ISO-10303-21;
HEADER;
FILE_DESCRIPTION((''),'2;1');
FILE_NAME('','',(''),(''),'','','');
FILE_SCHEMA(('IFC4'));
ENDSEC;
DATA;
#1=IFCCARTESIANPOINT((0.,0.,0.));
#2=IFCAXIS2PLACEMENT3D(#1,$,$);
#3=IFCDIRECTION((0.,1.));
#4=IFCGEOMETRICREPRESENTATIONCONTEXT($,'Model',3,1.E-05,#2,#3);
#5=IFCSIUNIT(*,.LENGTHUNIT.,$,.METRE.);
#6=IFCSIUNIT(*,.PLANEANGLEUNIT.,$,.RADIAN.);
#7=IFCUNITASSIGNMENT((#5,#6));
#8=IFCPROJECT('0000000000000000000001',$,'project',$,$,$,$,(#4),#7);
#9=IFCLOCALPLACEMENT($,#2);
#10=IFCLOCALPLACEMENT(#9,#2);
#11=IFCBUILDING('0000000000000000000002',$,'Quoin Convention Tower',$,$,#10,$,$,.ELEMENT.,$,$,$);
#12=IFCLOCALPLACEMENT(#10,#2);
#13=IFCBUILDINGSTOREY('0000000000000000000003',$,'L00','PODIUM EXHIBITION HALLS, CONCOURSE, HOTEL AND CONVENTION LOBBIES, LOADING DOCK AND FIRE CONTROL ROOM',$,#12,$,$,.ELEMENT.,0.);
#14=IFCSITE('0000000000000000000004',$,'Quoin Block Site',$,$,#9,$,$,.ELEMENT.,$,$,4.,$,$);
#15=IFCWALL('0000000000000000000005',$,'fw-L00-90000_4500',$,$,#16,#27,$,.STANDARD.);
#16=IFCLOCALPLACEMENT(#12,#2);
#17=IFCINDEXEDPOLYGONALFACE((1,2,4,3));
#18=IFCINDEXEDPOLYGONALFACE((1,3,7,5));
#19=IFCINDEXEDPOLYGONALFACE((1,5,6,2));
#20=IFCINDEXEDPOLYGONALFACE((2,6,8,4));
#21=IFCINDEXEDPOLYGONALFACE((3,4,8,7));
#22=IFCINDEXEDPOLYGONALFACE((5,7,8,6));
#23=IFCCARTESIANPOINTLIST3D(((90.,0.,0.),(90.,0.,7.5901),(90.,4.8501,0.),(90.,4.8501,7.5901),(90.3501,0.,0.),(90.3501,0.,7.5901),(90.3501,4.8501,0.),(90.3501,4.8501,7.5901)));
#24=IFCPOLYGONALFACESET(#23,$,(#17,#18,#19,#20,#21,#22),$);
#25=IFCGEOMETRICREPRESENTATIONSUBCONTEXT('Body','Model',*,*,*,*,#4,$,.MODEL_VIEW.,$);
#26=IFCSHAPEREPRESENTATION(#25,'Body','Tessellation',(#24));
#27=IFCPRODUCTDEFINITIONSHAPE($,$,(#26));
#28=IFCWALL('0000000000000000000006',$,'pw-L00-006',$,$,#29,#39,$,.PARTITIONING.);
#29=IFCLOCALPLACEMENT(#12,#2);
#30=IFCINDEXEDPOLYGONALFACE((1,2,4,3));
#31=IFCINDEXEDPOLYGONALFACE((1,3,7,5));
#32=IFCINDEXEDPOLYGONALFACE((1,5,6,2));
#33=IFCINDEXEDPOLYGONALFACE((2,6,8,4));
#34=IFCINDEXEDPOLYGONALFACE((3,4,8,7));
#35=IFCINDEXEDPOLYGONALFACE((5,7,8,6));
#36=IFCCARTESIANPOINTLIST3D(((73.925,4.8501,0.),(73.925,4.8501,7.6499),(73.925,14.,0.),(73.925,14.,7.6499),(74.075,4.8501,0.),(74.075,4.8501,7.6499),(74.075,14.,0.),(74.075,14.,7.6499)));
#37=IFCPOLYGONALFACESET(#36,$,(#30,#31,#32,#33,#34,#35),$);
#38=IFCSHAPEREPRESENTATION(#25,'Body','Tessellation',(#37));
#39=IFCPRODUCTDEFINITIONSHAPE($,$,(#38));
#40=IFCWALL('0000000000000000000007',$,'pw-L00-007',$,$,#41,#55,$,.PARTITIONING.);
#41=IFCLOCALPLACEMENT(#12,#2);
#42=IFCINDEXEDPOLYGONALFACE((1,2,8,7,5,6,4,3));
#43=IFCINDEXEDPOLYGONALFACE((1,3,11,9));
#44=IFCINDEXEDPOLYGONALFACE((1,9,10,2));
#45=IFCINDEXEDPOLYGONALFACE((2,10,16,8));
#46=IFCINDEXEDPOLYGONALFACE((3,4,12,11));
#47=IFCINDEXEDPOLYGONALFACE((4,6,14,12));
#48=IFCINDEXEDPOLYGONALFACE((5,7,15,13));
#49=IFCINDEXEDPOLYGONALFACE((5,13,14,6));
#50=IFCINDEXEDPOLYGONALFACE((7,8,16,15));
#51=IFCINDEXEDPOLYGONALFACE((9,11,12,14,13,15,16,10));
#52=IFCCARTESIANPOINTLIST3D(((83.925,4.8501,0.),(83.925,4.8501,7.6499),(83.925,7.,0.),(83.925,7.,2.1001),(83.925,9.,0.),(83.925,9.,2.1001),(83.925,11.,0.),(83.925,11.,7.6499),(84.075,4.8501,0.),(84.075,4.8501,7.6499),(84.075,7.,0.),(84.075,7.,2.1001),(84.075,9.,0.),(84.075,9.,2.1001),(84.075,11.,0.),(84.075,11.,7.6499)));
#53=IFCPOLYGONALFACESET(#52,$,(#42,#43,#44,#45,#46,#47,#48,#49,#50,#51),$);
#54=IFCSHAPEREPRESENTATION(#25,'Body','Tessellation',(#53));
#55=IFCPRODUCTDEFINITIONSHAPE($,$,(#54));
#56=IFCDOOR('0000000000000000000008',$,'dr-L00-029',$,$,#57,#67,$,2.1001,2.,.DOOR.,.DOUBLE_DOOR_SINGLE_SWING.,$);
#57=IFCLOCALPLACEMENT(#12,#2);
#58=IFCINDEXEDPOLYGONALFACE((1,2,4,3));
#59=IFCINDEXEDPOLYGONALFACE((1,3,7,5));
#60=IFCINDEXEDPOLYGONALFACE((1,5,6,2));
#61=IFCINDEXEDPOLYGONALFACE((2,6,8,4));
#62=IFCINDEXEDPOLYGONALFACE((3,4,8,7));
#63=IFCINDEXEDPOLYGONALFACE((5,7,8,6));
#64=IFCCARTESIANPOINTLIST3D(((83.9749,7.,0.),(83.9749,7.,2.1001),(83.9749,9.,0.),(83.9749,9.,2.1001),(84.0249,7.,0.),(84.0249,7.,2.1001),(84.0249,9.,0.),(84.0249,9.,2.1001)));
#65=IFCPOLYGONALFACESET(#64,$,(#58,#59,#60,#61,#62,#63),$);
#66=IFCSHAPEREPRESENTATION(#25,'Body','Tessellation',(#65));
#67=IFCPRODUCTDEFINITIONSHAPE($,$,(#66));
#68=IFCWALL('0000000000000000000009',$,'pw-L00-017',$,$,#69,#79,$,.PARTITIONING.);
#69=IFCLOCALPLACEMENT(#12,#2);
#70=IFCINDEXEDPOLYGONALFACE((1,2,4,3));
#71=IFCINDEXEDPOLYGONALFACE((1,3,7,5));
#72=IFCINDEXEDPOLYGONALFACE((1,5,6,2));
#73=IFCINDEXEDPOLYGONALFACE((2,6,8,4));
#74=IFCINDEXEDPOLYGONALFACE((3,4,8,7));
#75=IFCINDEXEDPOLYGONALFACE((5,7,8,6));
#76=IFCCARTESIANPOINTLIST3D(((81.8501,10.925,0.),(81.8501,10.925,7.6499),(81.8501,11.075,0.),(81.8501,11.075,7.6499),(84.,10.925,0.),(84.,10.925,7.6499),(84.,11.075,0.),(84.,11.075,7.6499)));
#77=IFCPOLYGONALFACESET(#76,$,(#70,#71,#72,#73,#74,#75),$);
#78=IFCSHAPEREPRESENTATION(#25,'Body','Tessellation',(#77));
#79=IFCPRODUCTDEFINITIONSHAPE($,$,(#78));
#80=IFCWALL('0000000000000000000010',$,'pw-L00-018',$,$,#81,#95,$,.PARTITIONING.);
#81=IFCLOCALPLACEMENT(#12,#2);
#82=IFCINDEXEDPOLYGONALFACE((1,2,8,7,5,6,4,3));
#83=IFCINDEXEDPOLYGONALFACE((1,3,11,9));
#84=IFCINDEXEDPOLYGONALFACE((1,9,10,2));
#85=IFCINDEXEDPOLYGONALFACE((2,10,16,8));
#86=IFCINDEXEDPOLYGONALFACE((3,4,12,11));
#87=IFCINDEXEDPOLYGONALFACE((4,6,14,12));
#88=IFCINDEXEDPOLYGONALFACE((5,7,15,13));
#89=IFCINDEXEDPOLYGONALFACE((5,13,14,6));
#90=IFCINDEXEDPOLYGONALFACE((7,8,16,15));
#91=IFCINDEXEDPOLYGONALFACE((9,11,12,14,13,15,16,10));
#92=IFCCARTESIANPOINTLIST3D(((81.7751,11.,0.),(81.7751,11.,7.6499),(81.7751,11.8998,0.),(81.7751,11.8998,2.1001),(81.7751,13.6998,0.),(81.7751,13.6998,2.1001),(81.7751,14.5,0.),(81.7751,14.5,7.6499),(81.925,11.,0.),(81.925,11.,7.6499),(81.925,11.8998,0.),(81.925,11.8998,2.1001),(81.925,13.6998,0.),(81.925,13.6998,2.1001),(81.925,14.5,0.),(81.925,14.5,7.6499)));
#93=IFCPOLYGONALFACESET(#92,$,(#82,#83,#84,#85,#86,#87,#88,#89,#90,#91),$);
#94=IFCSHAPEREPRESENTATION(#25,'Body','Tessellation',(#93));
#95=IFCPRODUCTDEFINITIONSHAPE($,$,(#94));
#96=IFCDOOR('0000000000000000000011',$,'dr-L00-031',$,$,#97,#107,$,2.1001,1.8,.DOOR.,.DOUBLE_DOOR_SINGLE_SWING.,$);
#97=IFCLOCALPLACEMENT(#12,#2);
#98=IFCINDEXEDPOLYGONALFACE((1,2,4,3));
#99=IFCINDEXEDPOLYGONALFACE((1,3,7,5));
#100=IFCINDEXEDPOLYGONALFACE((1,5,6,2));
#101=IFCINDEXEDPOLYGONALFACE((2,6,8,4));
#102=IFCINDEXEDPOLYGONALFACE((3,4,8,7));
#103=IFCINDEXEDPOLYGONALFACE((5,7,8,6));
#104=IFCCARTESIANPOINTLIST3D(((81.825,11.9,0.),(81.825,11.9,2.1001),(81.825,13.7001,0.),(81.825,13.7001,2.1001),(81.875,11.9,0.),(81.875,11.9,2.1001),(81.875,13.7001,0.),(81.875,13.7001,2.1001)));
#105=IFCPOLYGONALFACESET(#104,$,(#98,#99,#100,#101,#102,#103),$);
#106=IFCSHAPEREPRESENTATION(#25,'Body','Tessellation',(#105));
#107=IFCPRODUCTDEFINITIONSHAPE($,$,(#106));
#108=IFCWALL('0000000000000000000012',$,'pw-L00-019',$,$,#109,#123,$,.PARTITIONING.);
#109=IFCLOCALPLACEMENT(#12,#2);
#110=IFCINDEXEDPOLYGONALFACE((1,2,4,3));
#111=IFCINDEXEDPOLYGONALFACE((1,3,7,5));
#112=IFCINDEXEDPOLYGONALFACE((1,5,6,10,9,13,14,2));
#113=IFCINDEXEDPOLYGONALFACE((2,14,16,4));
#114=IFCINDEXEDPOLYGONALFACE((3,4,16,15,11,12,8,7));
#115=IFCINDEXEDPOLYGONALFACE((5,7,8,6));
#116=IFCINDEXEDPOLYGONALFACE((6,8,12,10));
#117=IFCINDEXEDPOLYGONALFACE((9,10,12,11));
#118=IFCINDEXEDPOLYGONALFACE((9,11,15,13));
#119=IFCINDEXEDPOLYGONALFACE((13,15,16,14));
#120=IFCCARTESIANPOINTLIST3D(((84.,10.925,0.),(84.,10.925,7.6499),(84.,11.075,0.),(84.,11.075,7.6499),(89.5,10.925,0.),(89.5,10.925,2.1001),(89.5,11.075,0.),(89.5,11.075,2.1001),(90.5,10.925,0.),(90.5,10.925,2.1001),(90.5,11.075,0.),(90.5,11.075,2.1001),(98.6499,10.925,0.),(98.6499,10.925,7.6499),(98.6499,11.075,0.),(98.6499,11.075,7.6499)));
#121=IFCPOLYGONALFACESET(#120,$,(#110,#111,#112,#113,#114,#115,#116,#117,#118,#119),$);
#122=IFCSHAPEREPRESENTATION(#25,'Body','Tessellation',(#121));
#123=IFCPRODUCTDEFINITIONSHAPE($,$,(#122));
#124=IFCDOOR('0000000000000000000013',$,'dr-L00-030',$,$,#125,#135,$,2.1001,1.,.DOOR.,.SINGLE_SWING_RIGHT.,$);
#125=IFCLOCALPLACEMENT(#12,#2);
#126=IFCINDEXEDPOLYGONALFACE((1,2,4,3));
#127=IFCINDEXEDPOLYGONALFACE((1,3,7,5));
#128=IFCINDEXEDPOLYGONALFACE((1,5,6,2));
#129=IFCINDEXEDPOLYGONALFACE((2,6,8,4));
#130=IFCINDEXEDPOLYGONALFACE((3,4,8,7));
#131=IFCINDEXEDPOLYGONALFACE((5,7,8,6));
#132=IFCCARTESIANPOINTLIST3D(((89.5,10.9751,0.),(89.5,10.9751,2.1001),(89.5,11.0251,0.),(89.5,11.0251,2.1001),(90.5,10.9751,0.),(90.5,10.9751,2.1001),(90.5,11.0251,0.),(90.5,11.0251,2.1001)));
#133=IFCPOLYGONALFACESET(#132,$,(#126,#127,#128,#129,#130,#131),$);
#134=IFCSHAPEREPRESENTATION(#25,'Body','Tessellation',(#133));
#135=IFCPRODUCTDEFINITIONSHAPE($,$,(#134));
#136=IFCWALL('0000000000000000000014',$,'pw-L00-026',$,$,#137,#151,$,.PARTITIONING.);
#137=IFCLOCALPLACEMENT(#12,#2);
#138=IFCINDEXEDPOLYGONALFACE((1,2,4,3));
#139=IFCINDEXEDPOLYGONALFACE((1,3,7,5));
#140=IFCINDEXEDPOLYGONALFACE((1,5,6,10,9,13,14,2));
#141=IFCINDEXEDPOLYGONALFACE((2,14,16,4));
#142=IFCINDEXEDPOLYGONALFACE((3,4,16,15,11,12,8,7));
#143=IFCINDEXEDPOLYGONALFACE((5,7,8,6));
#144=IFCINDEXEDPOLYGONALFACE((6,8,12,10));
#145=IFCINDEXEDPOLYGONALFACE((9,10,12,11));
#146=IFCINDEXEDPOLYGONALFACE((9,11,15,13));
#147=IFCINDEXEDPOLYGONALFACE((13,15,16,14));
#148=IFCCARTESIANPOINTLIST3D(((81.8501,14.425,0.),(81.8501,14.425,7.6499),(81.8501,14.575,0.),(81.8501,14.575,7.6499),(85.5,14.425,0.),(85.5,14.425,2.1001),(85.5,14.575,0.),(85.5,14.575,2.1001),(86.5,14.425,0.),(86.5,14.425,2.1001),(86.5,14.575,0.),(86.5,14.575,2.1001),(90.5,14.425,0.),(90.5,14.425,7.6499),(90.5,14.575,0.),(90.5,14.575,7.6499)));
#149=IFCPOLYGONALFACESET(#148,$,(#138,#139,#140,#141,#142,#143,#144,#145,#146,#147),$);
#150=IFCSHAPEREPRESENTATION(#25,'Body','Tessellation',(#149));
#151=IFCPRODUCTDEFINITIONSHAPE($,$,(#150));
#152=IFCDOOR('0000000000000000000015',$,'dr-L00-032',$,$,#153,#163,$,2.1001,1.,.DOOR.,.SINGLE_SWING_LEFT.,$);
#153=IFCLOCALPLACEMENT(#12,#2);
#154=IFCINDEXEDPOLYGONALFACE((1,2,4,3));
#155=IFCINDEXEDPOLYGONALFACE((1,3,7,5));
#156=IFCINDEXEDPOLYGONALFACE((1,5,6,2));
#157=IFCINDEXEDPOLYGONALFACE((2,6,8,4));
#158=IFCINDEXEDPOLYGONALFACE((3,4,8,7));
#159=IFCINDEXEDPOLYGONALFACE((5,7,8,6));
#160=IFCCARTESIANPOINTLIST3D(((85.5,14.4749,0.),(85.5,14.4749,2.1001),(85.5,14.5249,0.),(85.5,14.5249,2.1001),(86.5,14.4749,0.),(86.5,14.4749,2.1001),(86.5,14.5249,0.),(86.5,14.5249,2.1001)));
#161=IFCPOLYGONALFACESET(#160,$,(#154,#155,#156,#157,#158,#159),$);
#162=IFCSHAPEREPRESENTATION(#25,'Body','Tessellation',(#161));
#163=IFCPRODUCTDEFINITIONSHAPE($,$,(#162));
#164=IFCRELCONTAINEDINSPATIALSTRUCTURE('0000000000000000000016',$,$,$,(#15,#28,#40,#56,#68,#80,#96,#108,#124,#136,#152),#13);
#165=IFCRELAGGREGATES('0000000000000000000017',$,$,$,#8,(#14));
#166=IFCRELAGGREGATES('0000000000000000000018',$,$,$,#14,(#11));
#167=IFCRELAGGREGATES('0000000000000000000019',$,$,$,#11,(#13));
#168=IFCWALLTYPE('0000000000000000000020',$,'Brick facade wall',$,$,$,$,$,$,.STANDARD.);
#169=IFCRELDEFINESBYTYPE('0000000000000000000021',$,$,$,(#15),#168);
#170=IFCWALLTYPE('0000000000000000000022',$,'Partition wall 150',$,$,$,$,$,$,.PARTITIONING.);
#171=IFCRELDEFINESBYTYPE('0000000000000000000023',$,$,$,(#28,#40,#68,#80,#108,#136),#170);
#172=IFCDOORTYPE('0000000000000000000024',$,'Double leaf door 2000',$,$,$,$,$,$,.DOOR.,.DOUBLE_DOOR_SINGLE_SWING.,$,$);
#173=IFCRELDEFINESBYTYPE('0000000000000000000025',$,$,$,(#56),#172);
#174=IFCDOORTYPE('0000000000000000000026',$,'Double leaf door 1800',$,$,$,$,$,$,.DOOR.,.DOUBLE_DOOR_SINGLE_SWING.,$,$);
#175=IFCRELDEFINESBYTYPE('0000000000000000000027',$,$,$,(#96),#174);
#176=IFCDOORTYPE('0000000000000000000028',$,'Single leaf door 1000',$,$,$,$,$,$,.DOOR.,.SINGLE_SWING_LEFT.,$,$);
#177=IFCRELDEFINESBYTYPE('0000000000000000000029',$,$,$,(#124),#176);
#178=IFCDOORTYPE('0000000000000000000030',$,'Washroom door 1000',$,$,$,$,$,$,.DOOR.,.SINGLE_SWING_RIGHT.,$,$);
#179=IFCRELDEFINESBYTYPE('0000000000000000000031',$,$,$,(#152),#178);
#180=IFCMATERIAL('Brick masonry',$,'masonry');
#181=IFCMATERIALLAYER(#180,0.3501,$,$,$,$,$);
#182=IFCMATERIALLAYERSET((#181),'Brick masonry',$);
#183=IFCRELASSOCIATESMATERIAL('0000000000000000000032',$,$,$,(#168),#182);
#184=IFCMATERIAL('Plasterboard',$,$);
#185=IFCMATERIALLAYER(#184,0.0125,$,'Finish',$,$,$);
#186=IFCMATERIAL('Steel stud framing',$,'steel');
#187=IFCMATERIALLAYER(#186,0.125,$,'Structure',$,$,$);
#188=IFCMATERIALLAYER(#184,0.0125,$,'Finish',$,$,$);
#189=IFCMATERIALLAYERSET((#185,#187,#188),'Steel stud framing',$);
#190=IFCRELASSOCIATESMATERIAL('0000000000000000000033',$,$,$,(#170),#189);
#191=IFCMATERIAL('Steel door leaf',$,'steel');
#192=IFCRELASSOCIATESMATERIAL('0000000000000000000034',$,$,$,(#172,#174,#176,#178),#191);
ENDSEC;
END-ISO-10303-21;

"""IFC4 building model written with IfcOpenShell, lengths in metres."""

from ifc_helpers import new_model, si_unit, direction, frame, frame_2d, origin, place, context, subcontext, project, spatial, rectangle, extrude, material, layer, layer_set, type_object, element, fill, save


model = new_model("IFC4")

# Units and contexts
model_context = context("Model", 3, precision=1e-05, world=origin(), true_north=direction((0.0, 1.0)))
body_context = subcontext(model_context, "Body", "Model", "MODEL_VIEW")
ifc_project = project(units=[si_unit("LENGTHUNIT", "METRE"), si_unit("PLANEANGLEUNIT", "RADIAN")], contexts=[model_context])

# Site, building, storey
site_placement = place(None, origin())
site = spatial("IfcSite", under=ifc_project, at=site_placement, Name="Quoin Block Site", CompositionType="ELEMENT", RefElevation=4.0)
building_placement = place(site_placement, origin())
building = spatial("IfcBuilding", under=site, at=building_placement, Name="Quoin Convention Tower", CompositionType="ELEMENT")
storey_placement = place(building_placement, origin())
storey = spatial("IfcBuildingStorey", under=building, at=storey_placement, Name="L00", Description="PODIUM EXHIBITION HALLS, CONCOURSE, HOTEL AND CONVENTION LOBBIES, LOADING DOCK AND FIRE CONTROL ROOM", CompositionType="ELEMENT", Elevation=0.0)

# Walls
ifc_material_1 = material(Name="Brick masonry", Category="masonry")
ifc_layer_1 = layer(ifc_material_1, 0.3501)
ifc_layer_set_1 = layer_set([ifc_layer_1], Name="Brick masonry")
wall_type_1 = type_object("IfcWallType", Name="Brick facade wall", PredefinedType="STANDARD", material=ifc_layer_set_1)
wall_1_placement = place(storey_placement, frame((90.175, 4.8501, 0.0), z_axis=(0.0, 0.0, 1.0), x_axis=(0.0, -1.0, 0.0)))
element("IfcWall", 1, at=wall_1_placement, inside=storey, type_object=wall_type_1, Name="fw-L00-90000_4500", PredefinedType="STANDARD", context=body_context, shape_type="SweptSolid", body=[
    extrude(rectangle(XDim=4.8501, YDim=0.3501, at=frame_2d((2.425, 0.0))), origin(), (0.0, 0.0, 1.0), 7.5901),
])
ifc_material_2 = material(Name="Plasterboard")
ifc_layer_2 = layer(ifc_material_2, 0.0125, Name="Finish")
ifc_material_3 = material(Name="Steel stud framing", Category="steel")
ifc_layer_3 = layer(ifc_material_3, 0.125, Name="Structure")
ifc_layer_4 = layer(ifc_material_2, 0.0125, Name="Finish")
ifc_layer_set_2 = layer_set([ifc_layer_2, ifc_layer_3, ifc_layer_4], Name="Steel stud framing")
wall_type_2 = type_object("IfcWallType", Name="Partition wall 150", PredefinedType="PARTITIONING", material=ifc_layer_set_2)
wall_2_placement = place(storey_placement, frame((74.0, 4.8501, 0.0), z_axis=(0.0, 0.0, 1.0), x_axis=(0.0, 1.0, 0.0)))
element("IfcWall", 2, at=wall_2_placement, inside=storey, type_object=wall_type_2, Name="pw-L00-006", PredefinedType="PARTITIONING", context=body_context, shape_type="SweptSolid", body=[
    extrude(rectangle(XDim=9.1499, YDim=0.1499, at=frame_2d((4.575, 0.0))), origin(), (0.0, 0.0, 1.0), 7.6499),
])

# Wall, opening, door
wall_3_placement = place(storey_placement, frame((84.0, 4.8501, 0.0), z_axis=(0.0, 0.0, 1.0), x_axis=(0.0, 1.0, 0.0)))
wall_3 = element("IfcWall", 3, at=wall_3_placement, inside=storey, type_object=wall_type_2, Name="pw-L00-007", PredefinedType="PARTITIONING", context=body_context, shape_type="SweptSolid", body=[
    extrude(rectangle(XDim=6.1499, YDim=0.1499, at=frame_2d((3.075, 0.0))), origin(), (0.0, 0.0, 1.0), 7.6499),
])
opening_1_placement = place(wall_3_placement, frame((2.1499, 0.0, 0.0)))
opening_1 = element("IfcOpeningElement", 4, at=opening_1_placement, cuts=wall_3, PredefinedType="OPENING", context=body_context, shape_type="SweptSolid", body=[
    extrude(rectangle(XDim=2.0, YDim=2.1001, at=frame_2d((1.0, 1.05))), frame((0.0, 0.085, 0.0), z_axis=(0.0, -1.0, 0.0), x_axis=(1.0, 0.0, 0.0)), (0.0, 0.0, 1.0), 0.1699),
])
ifc_material_4 = material(Name="Steel door leaf", Category="steel")
door_type_1 = type_object("IfcDoorType", Name="Double leaf door 2000", OperationType="DOUBLE_DOOR_SINGLE_SWING", PredefinedType="DOOR", material=ifc_material_4)
door_1_placement = place(opening_1_placement, frame((2.0, 0.0, 0.0), z_axis=(0.0, 0.0, 1.0), x_axis=(-1.0, 0.0, 0.0)))
door_1 = element("IfcDoor", 5, at=door_1_placement, inside=storey, type_object=door_type_1, Name="dr-L00-029", OperationType="DOUBLE_DOOR_SINGLE_SWING", OverallHeight=2.1001, OverallWidth=2.0, PredefinedType="DOOR", context=body_context, shape_type="SweptSolid", body=[
    extrude(rectangle(XDim=2.0, YDim=2.1001, at=frame_2d((1.0, 1.05))), frame((0.0, 0.0249, 0.0), z_axis=(0.0, -1.0, 0.0), x_axis=(1.0, 0.0, 0.0)), (0.0, 0.0, 1.0), 0.05),
])
fill(opening_1, door_1)

# Wall
wall_4_placement = place(storey_placement, frame((81.8501, 11.0, 0.0), z_axis=(0.0, 0.0, 1.0), x_axis=(1.0, 0.0, 0.0)))
element("IfcWall", 6, at=wall_4_placement, inside=storey, type_object=wall_type_2, Name="pw-L00-017", PredefinedType="PARTITIONING", context=body_context, shape_type="SweptSolid", body=[
    extrude(rectangle(XDim=2.1499, YDim=0.1499, at=frame_2d((1.075, 0.0))), origin(), (0.0, 0.0, 1.0), 7.6499),
])

# Walls, openings, doors
wall_5_placement = place(storey_placement, frame((81.8501, 11.0, 0.0), z_axis=(0.0, 0.0, 1.0), x_axis=(0.0, 1.0, 0.0)))
wall_5 = element("IfcWall", 7, at=wall_5_placement, inside=storey, type_object=wall_type_2, Name="pw-L00-018", PredefinedType="PARTITIONING", context=body_context, shape_type="SweptSolid", body=[
    extrude(rectangle(XDim=3.5, YDim=0.1499, at=frame_2d((1.75, 0.0))), origin(), (0.0, 0.0, 1.0), 7.6499),
])
opening_2_placement = place(wall_5_placement, frame((0.8999, 0.0, 0.0)))
opening_2 = element("IfcOpeningElement", 8, at=opening_2_placement, cuts=wall_5, PredefinedType="OPENING", context=body_context, shape_type="SweptSolid", body=[
    extrude(rectangle(XDim=1.8, YDim=2.1001, at=frame_2d((0.8999, 1.05))), frame((0.0, 0.085, 0.0), z_axis=(0.0, -1.0, 0.0), x_axis=(1.0, 0.0, 0.0)), (0.0, 0.0, 1.0), 0.1699),
])
door_type_2 = type_object("IfcDoorType", Name="Double leaf door 1800", OperationType="DOUBLE_DOOR_SINGLE_SWING", PredefinedType="DOOR", material=ifc_material_4)
door_2_placement = place(opening_2_placement, frame((1.8, 0.0, 0.0), z_axis=(0.0, 0.0, 1.0), x_axis=(-1.0, 0.0, 0.0)))
door_2 = element("IfcDoor", 9, at=door_2_placement, inside=storey, type_object=door_type_2, Name="dr-L00-031", OperationType="DOUBLE_DOOR_SINGLE_SWING", OverallHeight=2.1001, OverallWidth=1.8, PredefinedType="DOOR", context=body_context, shape_type="SweptSolid", body=[
    extrude(rectangle(XDim=1.8, YDim=2.1001, at=frame_2d((0.8999, 1.05))), frame((0.0, 0.0249, 0.0), z_axis=(0.0, -1.0, 0.0), x_axis=(1.0, 0.0, 0.0)), (0.0, 0.0, 1.0), 0.05),
])
fill(opening_2, door_2)
wall_6_placement = place(storey_placement, frame((84.0, 11.0, 0.0), z_axis=(0.0, 0.0, 1.0), x_axis=(1.0, 0.0, 0.0)))
wall_6 = element("IfcWall", 10, at=wall_6_placement, inside=storey, type_object=wall_type_2, Name="pw-L00-019", PredefinedType="PARTITIONING", context=body_context, shape_type="SweptSolid", body=[
    extrude(rectangle(XDim=14.6499, YDim=0.1499, at=frame_2d((7.325, 0.0))), origin(), (0.0, 0.0, 1.0), 7.6499),
])
opening_3_placement = place(wall_6_placement, frame((5.5, 0.0, 0.0)))
opening_3 = element("IfcOpeningElement", 11, at=opening_3_placement, cuts=wall_6, PredefinedType="OPENING", context=body_context, shape_type="SweptSolid", body=[
    extrude(rectangle(XDim=1.0, YDim=2.1001, at=frame_2d((0.5, 1.05))), frame((0.0, 0.085, 0.0), z_axis=(0.0, -1.0, 0.0), x_axis=(1.0, 0.0, 0.0)), (0.0, 0.0, 1.0), 0.1699),
])
door_type_3 = type_object("IfcDoorType", Name="Single leaf door 1000", OperationType="SINGLE_SWING_LEFT", PredefinedType="DOOR", material=ifc_material_4)
door_3_placement = place(opening_3_placement, frame((1.0, 0.0, 0.0), z_axis=(0.0, 0.0, 1.0), x_axis=(-1.0, 0.0, 0.0)))
door_3 = element("IfcDoor", 12, at=door_3_placement, inside=storey, type_object=door_type_3, Name="dr-L00-030", OperationType="SINGLE_SWING_RIGHT", OverallHeight=2.1001, OverallWidth=1.0, PredefinedType="DOOR", context=body_context, shape_type="SweptSolid", body=[
    extrude(rectangle(XDim=1.0, YDim=2.1001, at=frame_2d((0.5, 1.05))), frame((0.0, 0.0249, 0.0), z_axis=(0.0, -1.0, 0.0), x_axis=(1.0, 0.0, 0.0)), (0.0, 0.0, 1.0), 0.05),
])
fill(opening_3, door_3)
wall_7_placement = place(storey_placement, frame((81.8501, 14.5, 0.0), z_axis=(0.0, 0.0, 1.0), x_axis=(1.0, 0.0, 0.0)))
wall_7 = element("IfcWall", 13, at=wall_7_placement, inside=storey, type_object=wall_type_2, Name="pw-L00-026", PredefinedType="PARTITIONING", context=body_context, shape_type="SweptSolid", body=[
    extrude(rectangle(XDim=8.6499, YDim=0.1499, at=frame_2d((4.325, 0.0))), origin(), (0.0, 0.0, 1.0), 7.6499),
])
opening_4_placement = place(wall_7_placement, frame((3.6499, 0.0, 0.0)))
opening_4 = element("IfcOpeningElement", 14, at=opening_4_placement, cuts=wall_7, PredefinedType="OPENING", context=body_context, shape_type="SweptSolid", body=[
    extrude(rectangle(XDim=1.0, YDim=2.1001, at=frame_2d((0.5, 1.05))), frame((0.0, 0.085, 0.0), z_axis=(0.0, -1.0, 0.0), x_axis=(1.0, 0.0, 0.0)), (0.0, 0.0, 1.0), 0.1699),
])
door_type_4 = type_object("IfcDoorType", Name="Washroom door 1000", OperationType="SINGLE_SWING_RIGHT", PredefinedType="DOOR", material=ifc_material_4)
door_4_placement = place(opening_4_placement, origin())
door_4 = element("IfcDoor", 15, at=door_4_placement, inside=storey, type_object=door_type_4, Name="dr-L00-032", OperationType="SINGLE_SWING_LEFT", OverallHeight=2.1001, OverallWidth=1.0, PredefinedType="DOOR", context=body_context, shape_type="SweptSolid", body=[
    extrude(rectangle(XDim=1.0, YDim=2.1001, at=frame_2d((0.5, 1.05))), frame((0.0, 0.0249, 0.0), z_axis=(0.0, -1.0, 0.0), x_axis=(1.0, 0.0, 0.0)), (0.0, 0.0, 1.0), 0.05),
])
fill(opening_4, door_4)

save(model, "model.ifc")
